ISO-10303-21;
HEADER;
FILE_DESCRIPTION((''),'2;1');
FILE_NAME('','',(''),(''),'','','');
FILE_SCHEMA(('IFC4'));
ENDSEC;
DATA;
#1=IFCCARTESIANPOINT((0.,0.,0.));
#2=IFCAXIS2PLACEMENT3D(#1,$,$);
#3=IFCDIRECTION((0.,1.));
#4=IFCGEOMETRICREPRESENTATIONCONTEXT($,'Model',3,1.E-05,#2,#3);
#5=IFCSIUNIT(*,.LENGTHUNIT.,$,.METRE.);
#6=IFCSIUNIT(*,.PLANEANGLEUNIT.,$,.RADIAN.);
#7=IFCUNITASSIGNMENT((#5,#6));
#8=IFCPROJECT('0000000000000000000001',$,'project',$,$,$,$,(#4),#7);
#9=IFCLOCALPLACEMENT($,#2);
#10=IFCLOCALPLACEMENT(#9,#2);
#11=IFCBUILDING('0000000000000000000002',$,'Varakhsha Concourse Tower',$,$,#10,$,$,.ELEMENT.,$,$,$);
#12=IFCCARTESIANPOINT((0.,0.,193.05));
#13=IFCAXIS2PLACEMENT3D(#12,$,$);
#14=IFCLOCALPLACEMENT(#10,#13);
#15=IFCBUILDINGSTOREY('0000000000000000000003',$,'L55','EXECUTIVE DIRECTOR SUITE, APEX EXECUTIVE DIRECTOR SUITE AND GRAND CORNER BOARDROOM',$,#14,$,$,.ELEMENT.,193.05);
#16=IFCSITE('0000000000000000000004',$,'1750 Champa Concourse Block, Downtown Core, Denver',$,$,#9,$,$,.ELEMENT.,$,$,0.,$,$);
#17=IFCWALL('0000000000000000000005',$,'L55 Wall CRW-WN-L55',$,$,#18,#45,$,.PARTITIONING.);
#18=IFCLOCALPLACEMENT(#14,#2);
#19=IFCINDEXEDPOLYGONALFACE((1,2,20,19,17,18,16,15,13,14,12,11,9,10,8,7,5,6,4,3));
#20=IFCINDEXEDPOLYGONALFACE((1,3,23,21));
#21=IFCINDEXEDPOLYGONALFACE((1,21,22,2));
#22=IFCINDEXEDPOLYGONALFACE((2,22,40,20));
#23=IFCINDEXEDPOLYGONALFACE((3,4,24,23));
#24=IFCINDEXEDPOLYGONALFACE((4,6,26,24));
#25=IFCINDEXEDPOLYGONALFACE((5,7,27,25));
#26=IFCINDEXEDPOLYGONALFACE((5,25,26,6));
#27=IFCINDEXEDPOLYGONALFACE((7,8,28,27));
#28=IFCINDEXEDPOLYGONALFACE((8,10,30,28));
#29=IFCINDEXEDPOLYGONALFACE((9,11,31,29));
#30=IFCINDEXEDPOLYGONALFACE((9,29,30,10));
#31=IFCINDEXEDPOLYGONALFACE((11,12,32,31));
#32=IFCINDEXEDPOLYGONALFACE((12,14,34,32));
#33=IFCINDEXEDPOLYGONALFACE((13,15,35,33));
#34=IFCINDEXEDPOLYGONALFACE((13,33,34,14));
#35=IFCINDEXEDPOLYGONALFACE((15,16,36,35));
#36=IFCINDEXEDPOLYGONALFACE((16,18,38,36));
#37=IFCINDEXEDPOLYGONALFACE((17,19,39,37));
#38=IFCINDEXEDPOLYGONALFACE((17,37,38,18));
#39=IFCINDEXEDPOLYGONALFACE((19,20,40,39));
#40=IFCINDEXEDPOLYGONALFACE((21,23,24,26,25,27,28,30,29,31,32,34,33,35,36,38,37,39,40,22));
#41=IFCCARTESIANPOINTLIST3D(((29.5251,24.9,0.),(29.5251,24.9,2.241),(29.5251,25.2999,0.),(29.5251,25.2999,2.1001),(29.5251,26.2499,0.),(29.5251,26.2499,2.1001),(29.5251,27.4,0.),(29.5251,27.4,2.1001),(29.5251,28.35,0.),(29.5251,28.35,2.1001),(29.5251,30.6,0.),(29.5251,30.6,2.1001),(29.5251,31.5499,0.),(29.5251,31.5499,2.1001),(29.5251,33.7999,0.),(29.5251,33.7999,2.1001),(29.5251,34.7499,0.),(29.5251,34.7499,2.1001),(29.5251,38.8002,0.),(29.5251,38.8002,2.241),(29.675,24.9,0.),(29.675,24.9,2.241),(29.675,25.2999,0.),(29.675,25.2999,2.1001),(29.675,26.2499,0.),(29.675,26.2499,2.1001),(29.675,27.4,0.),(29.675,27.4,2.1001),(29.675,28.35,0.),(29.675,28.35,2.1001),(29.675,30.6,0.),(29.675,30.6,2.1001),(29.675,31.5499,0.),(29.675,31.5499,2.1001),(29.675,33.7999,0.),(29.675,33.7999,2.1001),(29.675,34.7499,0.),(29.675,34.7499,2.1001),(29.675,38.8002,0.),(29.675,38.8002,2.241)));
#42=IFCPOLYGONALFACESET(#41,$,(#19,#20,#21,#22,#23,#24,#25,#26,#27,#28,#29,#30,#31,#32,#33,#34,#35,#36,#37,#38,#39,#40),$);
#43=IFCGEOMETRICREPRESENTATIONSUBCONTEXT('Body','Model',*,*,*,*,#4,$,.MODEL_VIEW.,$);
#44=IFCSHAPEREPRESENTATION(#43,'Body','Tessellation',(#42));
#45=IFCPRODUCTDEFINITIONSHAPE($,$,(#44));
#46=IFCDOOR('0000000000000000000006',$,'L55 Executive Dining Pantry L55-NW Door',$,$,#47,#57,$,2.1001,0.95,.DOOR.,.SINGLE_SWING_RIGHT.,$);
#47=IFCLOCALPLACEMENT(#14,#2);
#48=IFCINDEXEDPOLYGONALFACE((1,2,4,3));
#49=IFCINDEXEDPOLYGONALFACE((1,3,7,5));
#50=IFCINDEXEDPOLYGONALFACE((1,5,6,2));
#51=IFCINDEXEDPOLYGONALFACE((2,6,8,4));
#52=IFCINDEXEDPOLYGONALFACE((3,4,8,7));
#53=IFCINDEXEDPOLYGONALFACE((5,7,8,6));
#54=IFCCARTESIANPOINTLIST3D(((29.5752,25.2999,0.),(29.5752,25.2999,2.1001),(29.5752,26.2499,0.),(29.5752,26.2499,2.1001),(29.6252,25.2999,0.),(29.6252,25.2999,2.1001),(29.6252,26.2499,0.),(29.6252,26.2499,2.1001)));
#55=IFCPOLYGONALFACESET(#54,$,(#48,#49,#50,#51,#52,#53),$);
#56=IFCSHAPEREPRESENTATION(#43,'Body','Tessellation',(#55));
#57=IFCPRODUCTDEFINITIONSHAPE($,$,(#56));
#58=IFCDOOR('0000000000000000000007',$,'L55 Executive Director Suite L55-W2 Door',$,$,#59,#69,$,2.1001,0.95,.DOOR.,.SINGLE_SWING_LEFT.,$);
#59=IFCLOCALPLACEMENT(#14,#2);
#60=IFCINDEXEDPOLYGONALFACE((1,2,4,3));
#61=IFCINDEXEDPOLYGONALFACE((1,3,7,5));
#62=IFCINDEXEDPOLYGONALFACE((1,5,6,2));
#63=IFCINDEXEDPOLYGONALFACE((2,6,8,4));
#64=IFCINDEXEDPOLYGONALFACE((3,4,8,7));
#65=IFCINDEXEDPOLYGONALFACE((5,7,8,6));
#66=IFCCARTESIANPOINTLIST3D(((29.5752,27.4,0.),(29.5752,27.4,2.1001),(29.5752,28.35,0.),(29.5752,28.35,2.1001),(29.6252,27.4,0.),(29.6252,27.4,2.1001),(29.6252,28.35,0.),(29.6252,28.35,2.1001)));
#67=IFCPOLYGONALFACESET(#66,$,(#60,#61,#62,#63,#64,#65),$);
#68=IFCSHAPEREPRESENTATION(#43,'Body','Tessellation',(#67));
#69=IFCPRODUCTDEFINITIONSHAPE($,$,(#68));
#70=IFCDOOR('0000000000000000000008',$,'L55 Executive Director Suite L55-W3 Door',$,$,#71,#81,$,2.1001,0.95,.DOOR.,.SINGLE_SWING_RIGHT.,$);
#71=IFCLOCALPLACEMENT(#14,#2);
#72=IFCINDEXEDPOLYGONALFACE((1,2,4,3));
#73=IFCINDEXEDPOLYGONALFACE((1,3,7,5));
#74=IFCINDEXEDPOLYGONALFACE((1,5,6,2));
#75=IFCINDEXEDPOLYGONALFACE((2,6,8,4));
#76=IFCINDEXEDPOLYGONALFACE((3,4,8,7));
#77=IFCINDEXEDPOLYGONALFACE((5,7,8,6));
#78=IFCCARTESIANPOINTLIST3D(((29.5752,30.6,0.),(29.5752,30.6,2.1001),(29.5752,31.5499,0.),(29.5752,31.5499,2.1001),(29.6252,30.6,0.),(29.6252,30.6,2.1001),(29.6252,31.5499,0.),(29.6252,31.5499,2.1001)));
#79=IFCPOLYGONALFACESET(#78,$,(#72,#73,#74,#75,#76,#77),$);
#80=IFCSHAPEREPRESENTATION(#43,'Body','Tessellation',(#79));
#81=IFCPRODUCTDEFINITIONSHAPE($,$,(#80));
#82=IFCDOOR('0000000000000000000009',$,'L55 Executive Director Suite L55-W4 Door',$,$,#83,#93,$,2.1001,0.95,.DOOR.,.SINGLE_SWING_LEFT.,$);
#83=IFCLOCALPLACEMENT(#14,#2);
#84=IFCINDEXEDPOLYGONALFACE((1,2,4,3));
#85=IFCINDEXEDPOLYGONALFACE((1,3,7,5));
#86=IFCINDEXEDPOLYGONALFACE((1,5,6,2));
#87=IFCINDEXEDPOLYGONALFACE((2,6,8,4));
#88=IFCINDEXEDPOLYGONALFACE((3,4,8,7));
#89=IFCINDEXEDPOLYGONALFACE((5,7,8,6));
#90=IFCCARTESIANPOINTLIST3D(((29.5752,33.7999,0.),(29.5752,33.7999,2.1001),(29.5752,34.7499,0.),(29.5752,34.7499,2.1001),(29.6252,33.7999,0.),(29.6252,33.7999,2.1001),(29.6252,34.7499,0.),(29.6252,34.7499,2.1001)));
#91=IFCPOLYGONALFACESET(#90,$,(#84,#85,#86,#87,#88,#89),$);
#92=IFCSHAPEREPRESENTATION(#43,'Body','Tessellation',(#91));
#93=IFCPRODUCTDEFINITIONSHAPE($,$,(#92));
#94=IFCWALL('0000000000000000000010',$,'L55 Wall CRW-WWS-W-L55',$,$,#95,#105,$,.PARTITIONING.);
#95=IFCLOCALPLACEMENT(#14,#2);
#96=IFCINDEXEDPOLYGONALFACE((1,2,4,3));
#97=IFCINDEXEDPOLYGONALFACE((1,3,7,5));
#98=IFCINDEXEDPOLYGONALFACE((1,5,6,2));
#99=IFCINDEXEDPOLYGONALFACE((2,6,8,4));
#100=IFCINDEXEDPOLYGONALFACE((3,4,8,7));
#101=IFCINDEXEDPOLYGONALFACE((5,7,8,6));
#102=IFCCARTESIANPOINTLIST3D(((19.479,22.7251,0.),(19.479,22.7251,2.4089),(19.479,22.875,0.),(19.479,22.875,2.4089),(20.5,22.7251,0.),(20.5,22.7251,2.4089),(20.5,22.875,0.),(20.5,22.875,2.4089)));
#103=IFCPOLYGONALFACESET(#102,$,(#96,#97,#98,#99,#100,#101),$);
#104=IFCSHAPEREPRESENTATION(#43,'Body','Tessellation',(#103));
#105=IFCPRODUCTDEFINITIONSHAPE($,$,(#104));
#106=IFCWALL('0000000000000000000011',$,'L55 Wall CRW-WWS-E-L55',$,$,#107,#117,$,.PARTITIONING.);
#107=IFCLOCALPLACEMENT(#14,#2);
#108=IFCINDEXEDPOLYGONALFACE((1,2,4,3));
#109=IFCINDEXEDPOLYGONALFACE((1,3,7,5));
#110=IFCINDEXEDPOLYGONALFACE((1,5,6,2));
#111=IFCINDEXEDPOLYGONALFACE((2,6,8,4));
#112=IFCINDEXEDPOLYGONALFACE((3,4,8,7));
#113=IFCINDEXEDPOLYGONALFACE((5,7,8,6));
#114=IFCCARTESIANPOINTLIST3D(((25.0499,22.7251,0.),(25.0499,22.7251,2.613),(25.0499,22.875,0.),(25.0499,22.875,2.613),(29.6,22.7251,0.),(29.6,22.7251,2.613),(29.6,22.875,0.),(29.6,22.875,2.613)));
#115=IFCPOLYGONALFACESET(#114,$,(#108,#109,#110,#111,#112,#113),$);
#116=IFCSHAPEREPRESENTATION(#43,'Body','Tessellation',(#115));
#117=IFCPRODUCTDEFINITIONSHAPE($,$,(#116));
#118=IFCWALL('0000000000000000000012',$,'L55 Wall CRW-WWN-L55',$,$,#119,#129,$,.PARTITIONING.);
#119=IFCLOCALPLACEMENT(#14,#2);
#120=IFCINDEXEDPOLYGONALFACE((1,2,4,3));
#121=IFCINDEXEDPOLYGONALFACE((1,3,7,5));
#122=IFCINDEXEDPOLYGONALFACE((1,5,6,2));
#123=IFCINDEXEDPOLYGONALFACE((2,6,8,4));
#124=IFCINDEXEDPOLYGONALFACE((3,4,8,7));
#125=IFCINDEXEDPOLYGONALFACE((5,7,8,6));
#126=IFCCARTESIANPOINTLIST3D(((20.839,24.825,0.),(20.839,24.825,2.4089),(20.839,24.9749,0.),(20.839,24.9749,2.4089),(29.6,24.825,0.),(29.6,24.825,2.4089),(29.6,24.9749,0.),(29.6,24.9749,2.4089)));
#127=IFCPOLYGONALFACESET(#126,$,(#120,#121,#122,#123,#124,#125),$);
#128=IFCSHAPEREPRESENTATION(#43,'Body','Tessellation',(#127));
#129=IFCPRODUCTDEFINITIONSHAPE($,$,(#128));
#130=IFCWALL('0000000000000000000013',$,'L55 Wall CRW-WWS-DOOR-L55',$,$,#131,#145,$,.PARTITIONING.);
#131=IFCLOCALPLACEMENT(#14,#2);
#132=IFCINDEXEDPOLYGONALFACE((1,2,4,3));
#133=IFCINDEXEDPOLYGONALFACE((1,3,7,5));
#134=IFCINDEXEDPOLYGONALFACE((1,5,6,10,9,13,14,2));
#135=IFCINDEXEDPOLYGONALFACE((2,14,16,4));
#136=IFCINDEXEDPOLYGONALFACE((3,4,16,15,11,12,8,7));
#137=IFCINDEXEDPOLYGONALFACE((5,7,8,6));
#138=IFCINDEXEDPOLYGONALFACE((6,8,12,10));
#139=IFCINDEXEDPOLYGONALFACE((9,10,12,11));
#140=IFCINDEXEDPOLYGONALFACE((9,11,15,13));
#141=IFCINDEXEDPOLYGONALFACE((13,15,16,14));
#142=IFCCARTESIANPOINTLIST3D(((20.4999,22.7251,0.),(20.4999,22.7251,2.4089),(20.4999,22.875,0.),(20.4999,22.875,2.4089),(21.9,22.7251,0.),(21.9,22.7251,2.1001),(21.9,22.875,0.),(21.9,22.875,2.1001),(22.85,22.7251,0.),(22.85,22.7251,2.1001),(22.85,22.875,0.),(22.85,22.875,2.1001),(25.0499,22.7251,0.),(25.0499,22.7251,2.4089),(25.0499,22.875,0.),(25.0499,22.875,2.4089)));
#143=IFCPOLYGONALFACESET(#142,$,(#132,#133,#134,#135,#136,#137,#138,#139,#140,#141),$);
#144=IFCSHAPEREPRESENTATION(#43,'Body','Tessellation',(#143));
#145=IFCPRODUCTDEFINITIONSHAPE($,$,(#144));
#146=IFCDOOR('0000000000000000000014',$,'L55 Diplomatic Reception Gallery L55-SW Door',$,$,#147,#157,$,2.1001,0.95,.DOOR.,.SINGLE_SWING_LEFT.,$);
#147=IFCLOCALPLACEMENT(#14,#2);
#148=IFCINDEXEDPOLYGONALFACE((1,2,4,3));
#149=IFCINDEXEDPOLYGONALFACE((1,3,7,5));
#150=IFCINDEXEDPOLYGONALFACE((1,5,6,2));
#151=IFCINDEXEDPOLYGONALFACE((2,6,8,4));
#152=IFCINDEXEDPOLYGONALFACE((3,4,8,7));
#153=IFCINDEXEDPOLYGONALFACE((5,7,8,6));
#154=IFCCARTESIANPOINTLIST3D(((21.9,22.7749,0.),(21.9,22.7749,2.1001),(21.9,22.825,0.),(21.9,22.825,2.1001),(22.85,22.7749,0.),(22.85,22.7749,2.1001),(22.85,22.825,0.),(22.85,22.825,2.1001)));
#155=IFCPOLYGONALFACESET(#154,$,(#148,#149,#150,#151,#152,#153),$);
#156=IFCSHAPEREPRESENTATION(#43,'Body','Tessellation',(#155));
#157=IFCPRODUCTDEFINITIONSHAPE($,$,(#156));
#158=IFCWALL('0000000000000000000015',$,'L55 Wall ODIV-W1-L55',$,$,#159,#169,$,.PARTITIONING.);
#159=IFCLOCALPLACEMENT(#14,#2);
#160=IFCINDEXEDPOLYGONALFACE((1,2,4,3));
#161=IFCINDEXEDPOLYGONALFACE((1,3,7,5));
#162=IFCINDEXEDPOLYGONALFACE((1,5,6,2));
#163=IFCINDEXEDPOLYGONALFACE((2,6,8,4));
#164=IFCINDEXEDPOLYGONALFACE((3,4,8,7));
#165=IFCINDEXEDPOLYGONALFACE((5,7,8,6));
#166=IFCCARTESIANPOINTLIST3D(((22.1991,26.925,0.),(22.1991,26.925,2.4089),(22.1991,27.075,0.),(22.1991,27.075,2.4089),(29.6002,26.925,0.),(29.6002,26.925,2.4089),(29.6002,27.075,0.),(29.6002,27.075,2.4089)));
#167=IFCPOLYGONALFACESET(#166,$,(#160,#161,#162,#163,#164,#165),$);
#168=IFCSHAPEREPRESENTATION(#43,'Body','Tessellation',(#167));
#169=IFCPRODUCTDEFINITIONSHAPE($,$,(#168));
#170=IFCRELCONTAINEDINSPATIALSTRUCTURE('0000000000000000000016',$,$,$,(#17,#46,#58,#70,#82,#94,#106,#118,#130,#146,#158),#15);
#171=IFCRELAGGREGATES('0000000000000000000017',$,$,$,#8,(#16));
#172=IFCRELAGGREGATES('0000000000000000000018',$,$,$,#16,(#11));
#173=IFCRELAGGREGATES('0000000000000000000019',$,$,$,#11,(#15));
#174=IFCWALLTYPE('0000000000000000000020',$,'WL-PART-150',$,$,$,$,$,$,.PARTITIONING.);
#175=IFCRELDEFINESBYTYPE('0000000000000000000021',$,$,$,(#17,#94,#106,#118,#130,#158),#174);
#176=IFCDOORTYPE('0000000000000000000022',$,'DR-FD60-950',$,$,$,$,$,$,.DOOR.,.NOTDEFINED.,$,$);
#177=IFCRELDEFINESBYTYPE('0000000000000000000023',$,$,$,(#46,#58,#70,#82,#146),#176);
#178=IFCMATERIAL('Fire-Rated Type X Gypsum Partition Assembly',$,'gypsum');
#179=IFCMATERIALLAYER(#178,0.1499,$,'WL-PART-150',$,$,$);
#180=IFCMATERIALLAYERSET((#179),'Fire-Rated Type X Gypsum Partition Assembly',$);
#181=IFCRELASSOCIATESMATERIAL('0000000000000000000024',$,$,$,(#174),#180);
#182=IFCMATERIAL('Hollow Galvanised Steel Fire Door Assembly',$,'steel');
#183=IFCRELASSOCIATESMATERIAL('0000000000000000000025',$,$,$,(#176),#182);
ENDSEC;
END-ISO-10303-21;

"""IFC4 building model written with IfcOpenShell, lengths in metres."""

from ifc_helpers import new_model, si_unit, direction, frame, frame_2d, origin, place, context, subcontext, project, spatial, rectangle, extrude, material, layer, layer_set, type_object, element, fill, save


model = new_model("IFC4")

# Units and contexts
model_context = context("Model", 3, precision=1e-05, world=origin(), true_north=direction((0.0, 1.0)))
body_context = subcontext(model_context, "Body", "Model", "MODEL_VIEW")
ifc_project = project(units=[si_unit("LENGTHUNIT", "METRE"), si_unit("PLANEANGLEUNIT", "RADIAN")], contexts=[model_context])

# Site, building, storey
site_placement = place(None, origin())
site = spatial("IfcSite", under=ifc_project, at=site_placement, Name="1750 Champa Concourse Block, Downtown Core, Denver", CompositionType="ELEMENT", RefElevation=0.0)
building_placement = place(site_placement, origin())
building = spatial("IfcBuilding", under=site, at=building_placement, Name="Varakhsha Concourse Tower", CompositionType="ELEMENT")
storey_placement = place(building_placement, frame((0.0, 0.0, 193.05)))
storey = spatial("IfcBuildingStorey", under=building, at=storey_placement, Name="L55", Description="EXECUTIVE DIRECTOR SUITE, APEX EXECUTIVE DIRECTOR SUITE AND GRAND CORNER BOARDROOM", CompositionType="ELEMENT", Elevation=193.05)

# Wall, openings, doors
ifc_material_1 = material(Name="Fire-Rated Type X Gypsum Partition Assembly", Category="gypsum")
ifc_layer_1 = layer(ifc_material_1, 0.1499, Name="WL-PART-150")
ifc_layer_set_1 = layer_set([ifc_layer_1], Name="Fire-Rated Type X Gypsum Partition Assembly")
wall_type_1 = type_object("IfcWallType", Name="WL-PART-150", PredefinedType="PARTITIONING", material=ifc_layer_set_1)
wall_1_placement = place(storey_placement, frame((29.6001, 24.8999, 0.0), z_axis=(0.0, 0.0, 1.0), x_axis=(0.0, 1.0, 0.0)))
wall_1 = element("IfcWall", 1, at=wall_1_placement, inside=storey, type_object=wall_type_1, Name="L55 Wall CRW-WN-L55", PredefinedType="PARTITIONING", context=body_context, shape_type="SweptSolid", body=[
    extrude(rectangle(XDim=13.9001, YDim=0.1499, at=frame_2d((6.9502, 0.0))), origin(), (0.0, 0.0, 1.0), 2.241),
])
opening_1_placement = place(wall_1_placement, frame((0.3999, 0.0, 0.0)))
opening_1 = element("IfcOpeningElement", 2, at=opening_1_placement, cuts=wall_1, PredefinedType="OPENING", context=body_context, shape_type="SweptSolid", body=[
    extrude(rectangle(XDim=0.95, YDim=2.1001, at=frame_2d((0.4751, 1.05))), frame((0.0, 0.085, 0.0), z_axis=(0.0, -1.0, 0.0), x_axis=(1.0, 0.0, 0.0)), (0.0, 0.0, 1.0), 0.1699),
])
opening_2_placement = place(wall_1_placement, frame((2.5, 0.0, 0.0)))
opening_2 = element("IfcOpeningElement", 3, at=opening_2_placement, cuts=wall_1, PredefinedType="OPENING", context=body_context, shape_type="SweptSolid", body=[
    extrude(rectangle(XDim=0.95, YDim=2.1001, at=frame_2d((0.4751, 1.05))), frame((0.0, 0.085, 0.0), z_axis=(0.0, -1.0, 0.0), x_axis=(1.0, 0.0, 0.0)), (0.0, 0.0, 1.0), 0.1699),
])
opening_3_placement = place(wall_1_placement, frame((5.7, 0.0, 0.0)))
opening_3 = element("IfcOpeningElement", 4, at=opening_3_placement, cuts=wall_1, PredefinedType="OPENING", context=body_context, shape_type="SweptSolid", body=[
    extrude(rectangle(XDim=0.95, YDim=2.1001, at=frame_2d((0.4751, 1.05))), frame((0.0, 0.085, 0.0), z_axis=(0.0, -1.0, 0.0), x_axis=(1.0, 0.0, 0.0)), (0.0, 0.0, 1.0), 0.1699),
])
opening_4_placement = place(wall_1_placement, frame((8.8999, 0.0, 0.0)))
opening_4 = element("IfcOpeningElement", 5, at=opening_4_placement, cuts=wall_1, PredefinedType="OPENING", context=body_context, shape_type="SweptSolid", body=[
    extrude(rectangle(XDim=0.95, YDim=2.1001, at=frame_2d((0.4751, 1.05))), frame((0.0, 0.085, 0.0), z_axis=(0.0, -1.0, 0.0), x_axis=(1.0, 0.0, 0.0)), (0.0, 0.0, 1.0), 0.1699),
])
ifc_material_2 = material(Name="Hollow Galvanised Steel Fire Door Assembly", Category="steel")
door_type = type_object("IfcDoorType", Name="DR-FD60-950", OperationType="NOTDEFINED", PredefinedType="DOOR", material=ifc_material_2)
door_1_placement = place(opening_1_placement, origin())
door_1 = element("IfcDoor", 6, at=door_1_placement, inside=storey, type_object=door_type, Name="L55 Executive Dining Pantry L55-NW Door", OperationType="SINGLE_SWING_RIGHT", OverallHeight=2.1001, OverallWidth=0.95, PredefinedType="DOOR", context=body_context, shape_type="SweptSolid", body=[
    extrude(rectangle(XDim=0.95, YDim=2.1001, at=frame_2d((0.4751, 1.05))), frame((0.0, 0.0249, 0.0), z_axis=(0.0, -1.0, 0.0), x_axis=(1.0, 0.0, 0.0)), (0.0, 0.0, 1.0), 0.05),
])
fill(opening_1, door_1)
door_2_placement = place(opening_2_placement, origin())
door_2 = element("IfcDoor", 7, at=door_2_placement, inside=storey, type_object=door_type, Name="L55 Executive Director Suite L55-W2 Door", OperationType="SINGLE_SWING_LEFT", OverallHeight=2.1001, OverallWidth=0.95, PredefinedType="DOOR", context=body_context, shape_type="SweptSolid", body=[
    extrude(rectangle(XDim=0.95, YDim=2.1001, at=frame_2d((0.4751, 1.05))), frame((0.0, 0.0249, 0.0), z_axis=(0.0, -1.0, 0.0), x_axis=(1.0, 0.0, 0.0)), (0.0, 0.0, 1.0), 0.05),
])
fill(opening_2, door_2)
door_3_placement = place(opening_3_placement, origin())
door_3 = element("IfcDoor", 8, at=door_3_placement, inside=storey, type_object=door_type, Name="L55 Executive Director Suite L55-W3 Door", OperationType="SINGLE_SWING_RIGHT", OverallHeight=2.1001, OverallWidth=0.95, PredefinedType="DOOR", context=body_context, shape_type="SweptSolid", body=[
    extrude(rectangle(XDim=0.95, YDim=2.1001, at=frame_2d((0.4751, 1.05))), frame((0.0, 0.0249, 0.0), z_axis=(0.0, -1.0, 0.0), x_axis=(1.0, 0.0, 0.0)), (0.0, 0.0, 1.0), 0.05),
])
fill(opening_3, door_3)
door_4_placement = place(opening_4_placement, origin())
door_4 = element("IfcDoor", 9, at=door_4_placement, inside=storey, type_object=door_type, Name="L55 Executive Director Suite L55-W4 Door", OperationType="SINGLE_SWING_LEFT", OverallHeight=2.1001, OverallWidth=0.95, PredefinedType="DOOR", context=body_context, shape_type="SweptSolid", body=[
    extrude(rectangle(XDim=0.95, YDim=2.1001, at=frame_2d((0.4751, 1.05))), frame((0.0, 0.0249, 0.0), z_axis=(0.0, -1.0, 0.0), x_axis=(1.0, 0.0, 0.0)), (0.0, 0.0, 1.0), 0.05),
])
fill(opening_4, door_4)

# Walls
wall_2_placement = place(storey_placement, frame((19.479, 22.8, 0.0), z_axis=(0.0, 0.0, 1.0), x_axis=(1.0, 0.0, 0.0)))
element("IfcWall", 10, at=wall_2_placement, inside=storey, type_object=wall_type_1, Name="L55 Wall CRW-WWS-W-L55", PredefinedType="PARTITIONING", context=body_context, shape_type="SweptSolid", body=[
    extrude(rectangle(XDim=1.021, YDim=0.1499, at=frame_2d((0.5105, 0.0))), origin(), (0.0, 0.0, 1.0), 2.4089),
])
wall_3_placement = place(storey_placement, frame((25.05, 22.8, 0.0), z_axis=(0.0, 0.0, 1.0), x_axis=(1.0, 0.0, 0.0)))
element("IfcWall", 11, at=wall_3_placement, inside=storey, type_object=wall_type_1, Name="L55 Wall CRW-WWS-E-L55", PredefinedType="PARTITIONING", context=body_context, shape_type="SweptSolid", body=[
    extrude(rectangle(XDim=4.55, YDim=0.1499, at=frame_2d((2.2749, 0.0))), origin(), (0.0, 0.0, 1.0), 2.613),
])
wall_4_placement = place(storey_placement, frame((20.8391, 24.8999, 0.0), z_axis=(0.0, 0.0, 1.0), x_axis=(1.0, 0.0, 0.0)))
element("IfcWall", 12, at=wall_4_placement, inside=storey, type_object=wall_type_1, Name="L55 Wall CRW-WWN-L55", PredefinedType="PARTITIONING", context=body_context, shape_type="SweptSolid", body=[
    extrude(rectangle(XDim=8.761, YDim=0.1499, at=frame_2d((4.3804, 0.0))), origin(), (0.0, 0.0, 1.0), 2.4089),
])

# Wall, opening, door
wall_5_placement = place(storey_placement, frame((20.5, 22.8, 0.0), z_axis=(0.0, 0.0, 1.0), x_axis=(1.0, 0.0, 0.0)))
wall_5 = element("IfcWall", 13, at=wall_5_placement, inside=storey, type_object=wall_type_1, Name="L55 Wall CRW-WWS-DOOR-L55", PredefinedType="PARTITIONING", context=body_context, shape_type="SweptSolid", body=[
    extrude(rectangle(XDim=4.55, YDim=0.1499, at=frame_2d((2.2749, 0.0))), origin(), (0.0, 0.0, 1.0), 2.4089),
])
opening_5_placement = place(wall_5_placement, frame((1.3999, 0.0, 0.0)))
opening_5 = element("IfcOpeningElement", 14, at=opening_5_placement, cuts=wall_5, PredefinedType="OPENING", context=body_context, shape_type="SweptSolid", body=[
    extrude(rectangle(XDim=0.95, YDim=2.1001, at=frame_2d((0.4751, 1.05))), frame((0.0, 0.085, 0.0), z_axis=(0.0, -1.0, 0.0), x_axis=(1.0, 0.0, 0.0)), (0.0, 0.0, 1.0), 0.1699),
])
door_5_placement = place(opening_5_placement, origin())
door_5 = element("IfcDoor", 15, at=door_5_placement, inside=storey, type_object=door_type, Name="L55 Diplomatic Reception Gallery L55-SW Door", OperationType="SINGLE_SWING_LEFT", OverallHeight=2.1001, OverallWidth=0.95, PredefinedType="DOOR", context=body_context, shape_type="SweptSolid", body=[
    extrude(rectangle(XDim=0.95, YDim=2.1001, at=frame_2d((0.4751, 1.05))), frame((0.0, 0.0249, 0.0), z_axis=(0.0, -1.0, 0.0), x_axis=(1.0, 0.0, 0.0)), (0.0, 0.0, 1.0), 0.05),
])
fill(opening_5, door_5)

# Wall
wall_6_placement = place(storey_placement, frame((22.199, 27.0, 0.0), z_axis=(0.0, 0.0, 1.0), x_axis=(1.0, 0.0, 0.0)))
element("IfcWall", 16, at=wall_6_placement, inside=storey, type_object=wall_type_1, Name="L55 Wall ODIV-W1-L55", PredefinedType="PARTITIONING", context=body_context, shape_type="SweptSolid", body=[
    extrude(rectangle(XDim=7.4011, YDim=0.1499, at=frame_2d((3.7007, 0.0))), origin(), (0.0, 0.0, 1.0), 2.4089),
])

save(model, "model.ifc")
